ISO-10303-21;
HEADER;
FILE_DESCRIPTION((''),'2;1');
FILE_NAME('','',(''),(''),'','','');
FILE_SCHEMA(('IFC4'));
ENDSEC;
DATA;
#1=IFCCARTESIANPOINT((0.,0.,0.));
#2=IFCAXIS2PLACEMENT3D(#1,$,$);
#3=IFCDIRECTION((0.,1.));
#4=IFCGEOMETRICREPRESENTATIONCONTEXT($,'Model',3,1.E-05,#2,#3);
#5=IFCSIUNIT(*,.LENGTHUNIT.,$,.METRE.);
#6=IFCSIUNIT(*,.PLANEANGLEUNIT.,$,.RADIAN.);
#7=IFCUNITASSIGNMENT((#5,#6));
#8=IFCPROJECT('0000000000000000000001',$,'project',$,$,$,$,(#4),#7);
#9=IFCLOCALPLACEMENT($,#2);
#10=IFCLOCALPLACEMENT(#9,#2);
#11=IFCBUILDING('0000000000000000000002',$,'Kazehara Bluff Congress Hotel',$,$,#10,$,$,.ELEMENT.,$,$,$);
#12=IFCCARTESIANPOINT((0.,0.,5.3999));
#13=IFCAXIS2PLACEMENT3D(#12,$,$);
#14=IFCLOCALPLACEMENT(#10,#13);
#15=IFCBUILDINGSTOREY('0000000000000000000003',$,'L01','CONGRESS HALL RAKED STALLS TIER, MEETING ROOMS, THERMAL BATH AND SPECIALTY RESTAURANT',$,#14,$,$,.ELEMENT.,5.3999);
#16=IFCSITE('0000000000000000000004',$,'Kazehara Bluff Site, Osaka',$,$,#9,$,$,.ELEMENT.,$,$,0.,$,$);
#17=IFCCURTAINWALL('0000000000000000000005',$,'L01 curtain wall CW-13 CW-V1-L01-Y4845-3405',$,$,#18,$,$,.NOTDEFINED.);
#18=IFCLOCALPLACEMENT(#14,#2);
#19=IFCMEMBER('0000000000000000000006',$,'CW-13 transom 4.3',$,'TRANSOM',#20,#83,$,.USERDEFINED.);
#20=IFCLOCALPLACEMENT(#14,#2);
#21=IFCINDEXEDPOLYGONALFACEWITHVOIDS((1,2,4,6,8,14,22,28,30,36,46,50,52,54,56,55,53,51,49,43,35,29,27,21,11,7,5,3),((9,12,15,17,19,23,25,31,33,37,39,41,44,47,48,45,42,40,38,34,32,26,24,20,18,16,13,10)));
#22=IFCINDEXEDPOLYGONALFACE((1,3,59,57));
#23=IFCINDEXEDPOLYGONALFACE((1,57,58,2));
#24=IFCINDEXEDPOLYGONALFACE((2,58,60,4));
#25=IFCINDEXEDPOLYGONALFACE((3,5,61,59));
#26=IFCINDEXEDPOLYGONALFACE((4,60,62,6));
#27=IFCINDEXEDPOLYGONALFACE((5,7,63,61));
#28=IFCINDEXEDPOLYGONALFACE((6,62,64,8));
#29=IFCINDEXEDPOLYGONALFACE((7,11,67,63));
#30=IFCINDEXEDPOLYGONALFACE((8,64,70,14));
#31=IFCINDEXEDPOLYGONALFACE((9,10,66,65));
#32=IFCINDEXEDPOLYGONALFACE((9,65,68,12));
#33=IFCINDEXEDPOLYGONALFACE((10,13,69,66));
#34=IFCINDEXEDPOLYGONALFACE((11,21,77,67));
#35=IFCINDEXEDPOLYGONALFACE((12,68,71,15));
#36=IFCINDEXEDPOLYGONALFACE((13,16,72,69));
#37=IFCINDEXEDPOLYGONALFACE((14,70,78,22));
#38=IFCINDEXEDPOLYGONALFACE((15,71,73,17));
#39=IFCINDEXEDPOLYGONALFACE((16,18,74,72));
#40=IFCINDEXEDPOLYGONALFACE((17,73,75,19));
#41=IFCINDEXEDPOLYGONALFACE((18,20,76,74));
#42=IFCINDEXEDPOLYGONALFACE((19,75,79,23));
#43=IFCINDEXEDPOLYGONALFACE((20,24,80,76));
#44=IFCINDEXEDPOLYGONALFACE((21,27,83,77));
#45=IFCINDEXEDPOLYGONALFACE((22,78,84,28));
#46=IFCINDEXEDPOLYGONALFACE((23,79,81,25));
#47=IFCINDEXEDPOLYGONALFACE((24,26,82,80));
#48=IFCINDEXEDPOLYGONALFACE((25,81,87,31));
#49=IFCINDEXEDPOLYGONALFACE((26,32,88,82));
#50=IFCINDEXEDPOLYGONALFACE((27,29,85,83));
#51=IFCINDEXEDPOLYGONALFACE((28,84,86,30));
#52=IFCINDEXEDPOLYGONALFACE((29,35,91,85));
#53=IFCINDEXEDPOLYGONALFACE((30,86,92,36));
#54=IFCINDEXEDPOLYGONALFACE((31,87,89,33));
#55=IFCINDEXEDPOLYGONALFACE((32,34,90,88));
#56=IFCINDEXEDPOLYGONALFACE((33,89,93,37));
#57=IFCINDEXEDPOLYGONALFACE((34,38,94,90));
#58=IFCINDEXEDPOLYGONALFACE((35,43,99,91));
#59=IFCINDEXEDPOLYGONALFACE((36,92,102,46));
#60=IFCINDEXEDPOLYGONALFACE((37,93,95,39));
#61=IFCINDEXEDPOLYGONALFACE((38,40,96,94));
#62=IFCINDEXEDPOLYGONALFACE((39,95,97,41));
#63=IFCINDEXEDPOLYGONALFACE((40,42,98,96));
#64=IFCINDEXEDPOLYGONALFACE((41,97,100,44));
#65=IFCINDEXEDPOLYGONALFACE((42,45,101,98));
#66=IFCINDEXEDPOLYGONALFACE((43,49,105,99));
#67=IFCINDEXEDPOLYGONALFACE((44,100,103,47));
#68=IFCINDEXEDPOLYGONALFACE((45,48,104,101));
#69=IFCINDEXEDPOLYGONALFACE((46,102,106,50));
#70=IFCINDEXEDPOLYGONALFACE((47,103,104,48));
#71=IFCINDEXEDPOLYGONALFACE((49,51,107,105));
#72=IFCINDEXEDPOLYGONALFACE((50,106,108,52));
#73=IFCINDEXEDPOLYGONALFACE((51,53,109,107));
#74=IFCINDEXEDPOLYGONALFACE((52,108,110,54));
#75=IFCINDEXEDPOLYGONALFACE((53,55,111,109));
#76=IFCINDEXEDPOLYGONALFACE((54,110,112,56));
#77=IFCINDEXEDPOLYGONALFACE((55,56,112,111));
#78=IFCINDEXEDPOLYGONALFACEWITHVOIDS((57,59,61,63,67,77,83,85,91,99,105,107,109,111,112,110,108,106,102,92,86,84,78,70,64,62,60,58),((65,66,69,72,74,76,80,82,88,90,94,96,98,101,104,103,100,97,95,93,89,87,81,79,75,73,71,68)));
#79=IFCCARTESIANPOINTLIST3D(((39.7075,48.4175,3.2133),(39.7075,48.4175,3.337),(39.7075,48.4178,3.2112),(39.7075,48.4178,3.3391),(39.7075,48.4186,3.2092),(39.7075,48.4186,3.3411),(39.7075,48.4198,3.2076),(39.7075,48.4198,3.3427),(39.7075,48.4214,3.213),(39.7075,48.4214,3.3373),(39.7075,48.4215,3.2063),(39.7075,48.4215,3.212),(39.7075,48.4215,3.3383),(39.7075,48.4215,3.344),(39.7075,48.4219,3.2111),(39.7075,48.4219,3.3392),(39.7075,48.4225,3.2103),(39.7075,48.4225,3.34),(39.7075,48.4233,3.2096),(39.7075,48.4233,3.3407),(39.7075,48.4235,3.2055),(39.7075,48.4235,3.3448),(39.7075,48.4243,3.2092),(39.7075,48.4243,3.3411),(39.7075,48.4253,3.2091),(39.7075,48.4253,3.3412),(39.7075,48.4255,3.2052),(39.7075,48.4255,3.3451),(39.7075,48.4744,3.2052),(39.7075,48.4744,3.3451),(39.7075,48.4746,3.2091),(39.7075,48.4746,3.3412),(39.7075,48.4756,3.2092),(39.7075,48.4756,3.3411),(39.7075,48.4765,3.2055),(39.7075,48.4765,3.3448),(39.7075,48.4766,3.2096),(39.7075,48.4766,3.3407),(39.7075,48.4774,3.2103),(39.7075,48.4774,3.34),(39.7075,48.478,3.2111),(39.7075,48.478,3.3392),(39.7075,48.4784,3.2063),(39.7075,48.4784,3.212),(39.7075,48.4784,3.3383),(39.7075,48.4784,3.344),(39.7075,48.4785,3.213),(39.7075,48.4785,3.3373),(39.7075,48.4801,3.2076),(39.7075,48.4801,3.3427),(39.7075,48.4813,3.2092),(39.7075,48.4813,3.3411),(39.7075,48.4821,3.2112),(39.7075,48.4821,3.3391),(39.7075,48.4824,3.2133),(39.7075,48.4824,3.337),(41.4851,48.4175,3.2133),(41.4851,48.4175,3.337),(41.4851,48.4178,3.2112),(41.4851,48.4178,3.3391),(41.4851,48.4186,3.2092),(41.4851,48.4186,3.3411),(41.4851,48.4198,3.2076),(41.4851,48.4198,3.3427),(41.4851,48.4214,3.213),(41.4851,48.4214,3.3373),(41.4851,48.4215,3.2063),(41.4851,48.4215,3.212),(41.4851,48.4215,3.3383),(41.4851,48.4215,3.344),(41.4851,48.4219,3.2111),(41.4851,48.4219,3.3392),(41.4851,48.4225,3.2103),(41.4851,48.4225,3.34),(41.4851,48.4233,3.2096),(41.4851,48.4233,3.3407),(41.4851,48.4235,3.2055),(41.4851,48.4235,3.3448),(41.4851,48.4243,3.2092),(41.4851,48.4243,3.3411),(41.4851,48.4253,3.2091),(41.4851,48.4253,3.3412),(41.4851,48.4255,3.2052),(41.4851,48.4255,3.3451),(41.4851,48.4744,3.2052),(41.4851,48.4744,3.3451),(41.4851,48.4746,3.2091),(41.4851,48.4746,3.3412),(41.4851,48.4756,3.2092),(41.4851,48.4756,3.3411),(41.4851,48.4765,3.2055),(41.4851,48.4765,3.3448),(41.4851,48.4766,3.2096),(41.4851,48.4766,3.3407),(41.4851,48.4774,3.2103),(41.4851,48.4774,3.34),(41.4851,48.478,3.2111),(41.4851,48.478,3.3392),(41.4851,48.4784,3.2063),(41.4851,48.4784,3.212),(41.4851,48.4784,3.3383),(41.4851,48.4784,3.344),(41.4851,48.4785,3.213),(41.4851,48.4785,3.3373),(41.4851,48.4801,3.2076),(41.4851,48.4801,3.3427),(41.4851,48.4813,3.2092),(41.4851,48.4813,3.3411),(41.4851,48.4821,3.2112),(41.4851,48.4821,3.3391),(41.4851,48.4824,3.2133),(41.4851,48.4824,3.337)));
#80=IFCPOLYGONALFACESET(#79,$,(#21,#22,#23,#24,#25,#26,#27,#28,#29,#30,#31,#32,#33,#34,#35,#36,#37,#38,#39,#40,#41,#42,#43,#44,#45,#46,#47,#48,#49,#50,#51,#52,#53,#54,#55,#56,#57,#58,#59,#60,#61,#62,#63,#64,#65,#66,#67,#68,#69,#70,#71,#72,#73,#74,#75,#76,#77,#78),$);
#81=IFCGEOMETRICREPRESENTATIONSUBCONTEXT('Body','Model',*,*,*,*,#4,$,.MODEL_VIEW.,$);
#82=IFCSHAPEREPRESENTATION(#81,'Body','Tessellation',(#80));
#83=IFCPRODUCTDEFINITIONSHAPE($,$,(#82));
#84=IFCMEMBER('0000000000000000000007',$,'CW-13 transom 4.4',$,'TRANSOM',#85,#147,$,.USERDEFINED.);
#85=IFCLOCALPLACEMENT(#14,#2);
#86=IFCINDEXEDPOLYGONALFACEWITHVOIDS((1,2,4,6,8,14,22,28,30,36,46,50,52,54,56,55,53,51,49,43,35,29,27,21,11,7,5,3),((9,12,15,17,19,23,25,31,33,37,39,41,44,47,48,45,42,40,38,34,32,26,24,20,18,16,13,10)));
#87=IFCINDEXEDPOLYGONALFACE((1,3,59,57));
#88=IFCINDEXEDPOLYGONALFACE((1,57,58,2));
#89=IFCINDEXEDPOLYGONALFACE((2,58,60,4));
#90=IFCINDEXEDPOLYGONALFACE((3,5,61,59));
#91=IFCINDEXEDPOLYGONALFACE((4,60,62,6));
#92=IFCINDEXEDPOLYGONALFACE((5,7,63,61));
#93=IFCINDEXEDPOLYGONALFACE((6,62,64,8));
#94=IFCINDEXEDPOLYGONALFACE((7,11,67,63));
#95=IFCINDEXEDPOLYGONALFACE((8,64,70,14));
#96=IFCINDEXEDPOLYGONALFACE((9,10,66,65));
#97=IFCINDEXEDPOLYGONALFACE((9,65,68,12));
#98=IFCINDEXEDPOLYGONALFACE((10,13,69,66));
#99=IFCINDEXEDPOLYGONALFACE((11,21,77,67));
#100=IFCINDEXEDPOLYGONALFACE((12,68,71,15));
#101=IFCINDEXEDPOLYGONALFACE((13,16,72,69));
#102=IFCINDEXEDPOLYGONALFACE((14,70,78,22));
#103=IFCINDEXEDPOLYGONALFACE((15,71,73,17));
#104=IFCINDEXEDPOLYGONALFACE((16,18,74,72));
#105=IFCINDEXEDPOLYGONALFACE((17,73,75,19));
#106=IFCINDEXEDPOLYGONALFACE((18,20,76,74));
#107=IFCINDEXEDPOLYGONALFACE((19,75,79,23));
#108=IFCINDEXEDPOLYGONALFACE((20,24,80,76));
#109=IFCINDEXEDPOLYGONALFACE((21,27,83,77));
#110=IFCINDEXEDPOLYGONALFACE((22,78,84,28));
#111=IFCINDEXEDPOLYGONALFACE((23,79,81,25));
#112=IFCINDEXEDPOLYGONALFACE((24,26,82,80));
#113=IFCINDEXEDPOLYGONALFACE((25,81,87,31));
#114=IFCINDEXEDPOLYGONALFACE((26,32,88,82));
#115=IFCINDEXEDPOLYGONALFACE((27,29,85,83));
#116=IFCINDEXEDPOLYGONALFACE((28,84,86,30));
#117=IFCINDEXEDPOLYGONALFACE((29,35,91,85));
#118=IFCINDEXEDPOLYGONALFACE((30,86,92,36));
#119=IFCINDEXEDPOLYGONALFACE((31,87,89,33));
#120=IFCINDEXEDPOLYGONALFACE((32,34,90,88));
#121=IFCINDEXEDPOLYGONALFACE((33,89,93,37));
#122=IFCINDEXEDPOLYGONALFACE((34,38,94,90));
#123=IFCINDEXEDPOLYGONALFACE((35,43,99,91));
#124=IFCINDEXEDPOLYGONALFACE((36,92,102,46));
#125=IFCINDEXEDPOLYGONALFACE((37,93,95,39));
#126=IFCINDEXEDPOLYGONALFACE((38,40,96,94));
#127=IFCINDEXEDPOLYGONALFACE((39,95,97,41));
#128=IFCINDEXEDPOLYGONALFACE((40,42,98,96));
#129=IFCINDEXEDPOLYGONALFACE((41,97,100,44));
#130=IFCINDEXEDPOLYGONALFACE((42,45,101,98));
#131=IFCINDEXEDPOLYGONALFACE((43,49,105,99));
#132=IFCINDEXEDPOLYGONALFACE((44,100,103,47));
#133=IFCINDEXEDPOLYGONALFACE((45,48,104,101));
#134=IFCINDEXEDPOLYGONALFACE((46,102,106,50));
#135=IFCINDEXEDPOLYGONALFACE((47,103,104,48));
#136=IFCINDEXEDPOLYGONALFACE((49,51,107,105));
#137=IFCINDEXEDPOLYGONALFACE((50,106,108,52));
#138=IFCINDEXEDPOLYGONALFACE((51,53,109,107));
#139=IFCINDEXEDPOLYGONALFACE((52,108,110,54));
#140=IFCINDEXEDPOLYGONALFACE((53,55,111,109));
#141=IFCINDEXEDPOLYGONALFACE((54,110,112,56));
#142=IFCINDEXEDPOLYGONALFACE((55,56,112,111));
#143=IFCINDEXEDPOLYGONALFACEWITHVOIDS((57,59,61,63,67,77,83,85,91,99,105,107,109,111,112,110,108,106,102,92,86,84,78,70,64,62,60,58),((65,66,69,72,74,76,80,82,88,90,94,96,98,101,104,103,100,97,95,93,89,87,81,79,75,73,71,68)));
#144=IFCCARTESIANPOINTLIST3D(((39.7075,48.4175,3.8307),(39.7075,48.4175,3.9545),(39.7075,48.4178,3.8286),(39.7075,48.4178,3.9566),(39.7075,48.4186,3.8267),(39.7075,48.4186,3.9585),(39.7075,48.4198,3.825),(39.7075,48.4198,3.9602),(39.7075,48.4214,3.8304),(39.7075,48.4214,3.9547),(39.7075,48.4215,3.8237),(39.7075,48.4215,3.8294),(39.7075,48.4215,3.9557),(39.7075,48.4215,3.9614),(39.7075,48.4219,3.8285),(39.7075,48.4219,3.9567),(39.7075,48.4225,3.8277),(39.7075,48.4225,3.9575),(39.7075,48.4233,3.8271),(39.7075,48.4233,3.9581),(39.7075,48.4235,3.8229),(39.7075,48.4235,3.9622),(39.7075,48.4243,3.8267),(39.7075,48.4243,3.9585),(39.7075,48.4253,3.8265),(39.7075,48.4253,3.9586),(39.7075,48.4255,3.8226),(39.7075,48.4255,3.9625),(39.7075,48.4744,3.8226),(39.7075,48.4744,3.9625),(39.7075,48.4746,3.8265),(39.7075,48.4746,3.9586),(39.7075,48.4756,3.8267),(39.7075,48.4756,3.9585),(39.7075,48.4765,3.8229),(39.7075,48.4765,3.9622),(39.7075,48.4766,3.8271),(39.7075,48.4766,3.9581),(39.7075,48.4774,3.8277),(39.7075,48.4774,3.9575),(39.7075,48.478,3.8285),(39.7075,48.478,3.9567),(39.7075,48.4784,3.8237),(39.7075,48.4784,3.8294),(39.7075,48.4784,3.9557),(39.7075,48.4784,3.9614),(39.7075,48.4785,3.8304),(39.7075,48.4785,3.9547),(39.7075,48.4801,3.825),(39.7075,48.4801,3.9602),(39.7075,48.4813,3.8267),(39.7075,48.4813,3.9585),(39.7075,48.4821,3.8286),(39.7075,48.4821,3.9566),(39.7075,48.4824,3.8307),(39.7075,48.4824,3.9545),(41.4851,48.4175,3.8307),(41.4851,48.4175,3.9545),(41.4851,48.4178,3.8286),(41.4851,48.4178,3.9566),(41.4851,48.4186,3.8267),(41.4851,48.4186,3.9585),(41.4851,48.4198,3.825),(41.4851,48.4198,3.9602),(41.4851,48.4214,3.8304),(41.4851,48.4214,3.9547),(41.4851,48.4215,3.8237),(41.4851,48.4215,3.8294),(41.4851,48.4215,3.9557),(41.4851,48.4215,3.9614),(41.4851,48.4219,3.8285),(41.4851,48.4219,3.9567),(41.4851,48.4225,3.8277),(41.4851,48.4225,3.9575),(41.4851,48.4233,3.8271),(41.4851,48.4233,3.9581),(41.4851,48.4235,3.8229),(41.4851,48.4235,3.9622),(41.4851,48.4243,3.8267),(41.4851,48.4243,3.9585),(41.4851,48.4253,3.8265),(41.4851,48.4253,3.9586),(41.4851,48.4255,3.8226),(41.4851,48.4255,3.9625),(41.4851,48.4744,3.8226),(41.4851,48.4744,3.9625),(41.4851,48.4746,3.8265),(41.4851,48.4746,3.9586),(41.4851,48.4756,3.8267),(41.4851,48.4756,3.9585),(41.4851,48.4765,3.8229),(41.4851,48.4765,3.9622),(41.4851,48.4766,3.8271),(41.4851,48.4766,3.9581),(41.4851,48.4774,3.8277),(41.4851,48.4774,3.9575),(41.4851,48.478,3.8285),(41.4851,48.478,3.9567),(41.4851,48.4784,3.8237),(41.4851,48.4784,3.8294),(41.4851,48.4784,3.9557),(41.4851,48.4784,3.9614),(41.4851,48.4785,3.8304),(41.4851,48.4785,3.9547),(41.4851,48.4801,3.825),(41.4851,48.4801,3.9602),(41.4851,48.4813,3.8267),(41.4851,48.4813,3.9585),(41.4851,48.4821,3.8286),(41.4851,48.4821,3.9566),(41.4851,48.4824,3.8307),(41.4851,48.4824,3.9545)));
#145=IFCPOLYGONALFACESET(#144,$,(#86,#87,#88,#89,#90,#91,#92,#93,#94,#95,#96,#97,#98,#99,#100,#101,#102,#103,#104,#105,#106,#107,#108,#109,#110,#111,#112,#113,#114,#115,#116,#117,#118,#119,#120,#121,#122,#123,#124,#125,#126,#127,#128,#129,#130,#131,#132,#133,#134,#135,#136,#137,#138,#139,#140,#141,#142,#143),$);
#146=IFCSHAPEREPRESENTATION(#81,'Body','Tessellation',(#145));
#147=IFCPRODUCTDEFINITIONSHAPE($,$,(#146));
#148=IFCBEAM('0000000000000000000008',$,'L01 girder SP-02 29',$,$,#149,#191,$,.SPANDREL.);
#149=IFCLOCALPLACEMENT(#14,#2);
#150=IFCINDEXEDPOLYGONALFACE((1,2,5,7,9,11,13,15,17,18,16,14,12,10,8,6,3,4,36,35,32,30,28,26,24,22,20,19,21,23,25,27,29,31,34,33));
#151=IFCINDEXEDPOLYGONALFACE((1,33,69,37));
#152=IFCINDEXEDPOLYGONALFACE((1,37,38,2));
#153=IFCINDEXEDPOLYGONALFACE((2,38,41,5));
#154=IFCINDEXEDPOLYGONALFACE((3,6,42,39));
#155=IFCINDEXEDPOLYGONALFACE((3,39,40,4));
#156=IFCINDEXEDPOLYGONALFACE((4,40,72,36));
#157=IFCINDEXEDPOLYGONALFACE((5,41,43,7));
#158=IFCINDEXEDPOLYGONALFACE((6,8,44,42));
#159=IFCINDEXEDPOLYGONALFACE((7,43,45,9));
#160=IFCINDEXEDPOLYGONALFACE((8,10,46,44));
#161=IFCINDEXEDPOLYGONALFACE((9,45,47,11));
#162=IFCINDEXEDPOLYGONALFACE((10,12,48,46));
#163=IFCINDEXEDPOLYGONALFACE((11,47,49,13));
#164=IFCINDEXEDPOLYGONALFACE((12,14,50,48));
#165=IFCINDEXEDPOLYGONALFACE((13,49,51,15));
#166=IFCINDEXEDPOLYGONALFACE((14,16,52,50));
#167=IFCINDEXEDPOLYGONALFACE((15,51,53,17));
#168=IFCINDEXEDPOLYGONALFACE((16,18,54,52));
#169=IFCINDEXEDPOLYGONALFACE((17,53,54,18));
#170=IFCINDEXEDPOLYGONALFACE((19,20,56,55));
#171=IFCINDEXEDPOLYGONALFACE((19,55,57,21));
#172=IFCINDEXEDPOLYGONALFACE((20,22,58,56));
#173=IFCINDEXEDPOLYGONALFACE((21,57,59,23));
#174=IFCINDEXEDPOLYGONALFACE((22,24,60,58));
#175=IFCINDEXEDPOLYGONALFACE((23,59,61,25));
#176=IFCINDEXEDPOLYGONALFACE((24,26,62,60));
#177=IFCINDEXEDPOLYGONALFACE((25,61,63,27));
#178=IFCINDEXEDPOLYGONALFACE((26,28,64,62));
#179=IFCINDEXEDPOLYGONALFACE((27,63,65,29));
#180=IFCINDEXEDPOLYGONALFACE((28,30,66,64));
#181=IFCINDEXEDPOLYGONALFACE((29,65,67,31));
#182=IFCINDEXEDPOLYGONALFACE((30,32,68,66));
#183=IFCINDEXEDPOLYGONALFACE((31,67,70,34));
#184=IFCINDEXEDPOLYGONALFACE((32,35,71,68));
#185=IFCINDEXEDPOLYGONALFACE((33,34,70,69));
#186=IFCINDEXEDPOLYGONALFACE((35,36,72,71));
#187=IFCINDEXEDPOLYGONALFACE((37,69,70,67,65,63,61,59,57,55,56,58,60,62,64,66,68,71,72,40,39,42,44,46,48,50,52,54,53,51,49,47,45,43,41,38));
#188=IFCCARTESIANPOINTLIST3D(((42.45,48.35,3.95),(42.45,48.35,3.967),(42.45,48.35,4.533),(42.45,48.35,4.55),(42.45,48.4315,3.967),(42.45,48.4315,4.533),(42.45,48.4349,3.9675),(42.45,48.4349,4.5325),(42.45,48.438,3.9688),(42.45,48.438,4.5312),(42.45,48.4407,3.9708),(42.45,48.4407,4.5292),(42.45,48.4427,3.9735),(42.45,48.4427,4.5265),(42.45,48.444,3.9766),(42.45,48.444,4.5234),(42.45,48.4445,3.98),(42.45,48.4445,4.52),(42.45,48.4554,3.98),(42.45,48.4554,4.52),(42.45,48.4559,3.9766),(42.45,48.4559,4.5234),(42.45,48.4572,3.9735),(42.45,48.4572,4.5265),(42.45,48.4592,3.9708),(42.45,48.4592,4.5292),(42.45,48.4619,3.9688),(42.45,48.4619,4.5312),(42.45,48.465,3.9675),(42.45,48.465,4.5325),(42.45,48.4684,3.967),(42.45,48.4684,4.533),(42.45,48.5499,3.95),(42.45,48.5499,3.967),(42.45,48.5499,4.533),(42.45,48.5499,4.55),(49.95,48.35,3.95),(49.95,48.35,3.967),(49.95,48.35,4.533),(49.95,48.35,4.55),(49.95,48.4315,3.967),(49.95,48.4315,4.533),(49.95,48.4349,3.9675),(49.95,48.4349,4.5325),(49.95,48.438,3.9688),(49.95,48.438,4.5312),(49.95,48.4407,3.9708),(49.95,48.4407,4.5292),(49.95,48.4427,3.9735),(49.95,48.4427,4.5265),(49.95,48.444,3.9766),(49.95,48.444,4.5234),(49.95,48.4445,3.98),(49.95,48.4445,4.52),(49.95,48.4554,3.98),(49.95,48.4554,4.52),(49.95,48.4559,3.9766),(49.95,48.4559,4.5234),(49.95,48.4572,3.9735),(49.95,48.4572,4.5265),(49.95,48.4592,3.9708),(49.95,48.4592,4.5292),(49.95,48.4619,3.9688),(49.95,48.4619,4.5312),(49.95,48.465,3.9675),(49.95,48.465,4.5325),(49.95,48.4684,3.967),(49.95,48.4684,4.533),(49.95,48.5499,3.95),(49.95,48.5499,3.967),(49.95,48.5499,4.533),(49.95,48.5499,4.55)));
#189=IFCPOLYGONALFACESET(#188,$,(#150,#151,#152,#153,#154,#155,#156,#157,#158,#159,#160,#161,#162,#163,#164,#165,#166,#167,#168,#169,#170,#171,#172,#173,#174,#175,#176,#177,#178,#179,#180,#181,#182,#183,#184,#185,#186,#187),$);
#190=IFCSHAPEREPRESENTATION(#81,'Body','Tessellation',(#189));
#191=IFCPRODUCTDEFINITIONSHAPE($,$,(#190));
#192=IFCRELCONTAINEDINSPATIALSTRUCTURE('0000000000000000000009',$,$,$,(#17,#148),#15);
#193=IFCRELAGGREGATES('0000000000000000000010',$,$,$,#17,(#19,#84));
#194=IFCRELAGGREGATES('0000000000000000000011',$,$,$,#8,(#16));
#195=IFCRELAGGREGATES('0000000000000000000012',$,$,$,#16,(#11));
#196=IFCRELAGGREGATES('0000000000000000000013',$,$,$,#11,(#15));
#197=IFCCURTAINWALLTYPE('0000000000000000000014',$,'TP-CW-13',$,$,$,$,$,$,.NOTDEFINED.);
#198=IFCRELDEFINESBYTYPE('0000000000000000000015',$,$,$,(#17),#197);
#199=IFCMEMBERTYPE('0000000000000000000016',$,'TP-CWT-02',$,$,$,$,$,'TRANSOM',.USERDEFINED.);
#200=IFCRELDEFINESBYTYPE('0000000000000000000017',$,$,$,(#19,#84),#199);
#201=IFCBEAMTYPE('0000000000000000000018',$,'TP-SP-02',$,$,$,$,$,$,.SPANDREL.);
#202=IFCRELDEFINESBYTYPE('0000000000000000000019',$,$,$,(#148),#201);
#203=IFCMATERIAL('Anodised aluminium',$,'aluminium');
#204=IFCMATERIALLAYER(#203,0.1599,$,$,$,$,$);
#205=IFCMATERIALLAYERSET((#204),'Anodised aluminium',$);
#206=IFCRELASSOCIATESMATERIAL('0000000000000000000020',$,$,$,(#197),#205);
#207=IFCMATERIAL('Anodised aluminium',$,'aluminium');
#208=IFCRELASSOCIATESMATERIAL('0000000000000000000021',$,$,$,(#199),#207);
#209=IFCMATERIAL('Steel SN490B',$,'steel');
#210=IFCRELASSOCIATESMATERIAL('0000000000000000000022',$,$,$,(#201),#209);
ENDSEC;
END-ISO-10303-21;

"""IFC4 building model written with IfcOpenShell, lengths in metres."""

from ifc_helpers import new_model, si_unit, direction, frame, origin, origin_2d, place, context, subcontext, project, spatial, hollow_rectangle, i_section, extrude, material, layer, layer_set, material_profile, profile_set, type_object, element, aggregate, save


model = new_model("IFC4")

# Units and contexts
model_context = context("Model", 3, precision=1e-05, world=origin(), true_north=direction((0.0, 1.0)))
body_context = subcontext(model_context, "Body", "Model", "MODEL_VIEW")
ifc_project = project(units=[si_unit("LENGTHUNIT", "METRE"), si_unit("PLANEANGLEUNIT", "RADIAN")], contexts=[model_context])

# Site, building, storey
site_placement = place(None, origin())
site = spatial("IfcSite", under=ifc_project, at=site_placement, Name="Kazehara Bluff Site, Osaka", CompositionType="ELEMENT", RefElevation=0.0)
building_placement = place(site_placement, origin())
building = spatial("IfcBuilding", under=site, at=building_placement, Name="Kazehara Bluff Congress Hotel", CompositionType="ELEMENT")
storey_placement = place(building_placement, frame((0.0, 0.0, 5.3999)))
storey = spatial("IfcBuildingStorey", under=building, at=storey_placement, Name="L01", Description="CONGRESS HALL RAKED STALLS TIER, MEETING ROOMS, THERMAL BATH AND SPECIALTY RESTAURANT", CompositionType="ELEMENT", Elevation=5.3999)

# Curtain wall
ifc_material_1 = material(Name="Anodised aluminium", Category="aluminium")
ifc_layer_1 = layer(ifc_material_1, 0.1599)
ifc_layer_set_1 = layer_set([ifc_layer_1], Name="Anodised aluminium")
curtain_wall_type = type_object("IfcCurtainWallType", Name="TP-CW-13", PredefinedType="NOTDEFINED", material=ifc_layer_set_1)
curtain_wall_1_placement = place(storey_placement, origin())
curtain_wall_1 = element("IfcCurtainWall", 1, at=curtain_wall_1_placement, inside=storey, type_object=curtain_wall_type, Name="L01 curtain wall CW-13 CW-V1-L01-Y4845-3405", PredefinedType="NOTDEFINED")

# Members
ifc_material_2 = material(Name="Anodised aluminium", Category="aluminium")
ifc_material_profile_1 = material_profile(ifc_material_2, hollow_rectangle(XDim=0.0649, YDim=0.1399, WallThickness=0.0039, InnerFilletRadius=0.0039, OuterFilletRadius=0.0081, at=origin_2d()))
ifc_profile_set_1 = profile_set([ifc_material_profile_1], Name="Anodised aluminium")
member_type_1 = type_object("IfcMemberType", Name="TP-CWT-02", ElementType="TRANSOM", PredefinedType="USERDEFINED", material=ifc_profile_set_1)
member_1_placement = place(storey_placement, frame((39.7075, 48.45, 3.2751), z_axis=(1.0, 0.0, 0.0), x_axis=(0.0, 1.0, 0.0)))
member_1 = element("IfcMember", 2, at=member_1_placement, type_object=member_type_1, Name="CW-13 transom 4.3", ObjectType="TRANSOM", PredefinedType="USERDEFINED", context=body_context, shape_type="SweptSolid", body=[
    extrude(hollow_rectangle(XDim=0.0649, YDim=0.1399, WallThickness=0.0039, InnerFilletRadius=0.0039, OuterFilletRadius=0.0081, at=origin_2d()), origin(), (0.0, 0.0, 1.0), 1.7776),
])
member_2_placement = place(storey_placement, frame((39.7075, 48.45, 3.8926), z_axis=(1.0, 0.0, 0.0), x_axis=(0.0, 1.0, 0.0)))
member_2 = element("IfcMember", 3, at=member_2_placement, type_object=member_type_1, Name="CW-13 transom 4.4", ObjectType="TRANSOM", PredefinedType="USERDEFINED", context=body_context, shape_type="SweptSolid", body=[
    extrude(hollow_rectangle(XDim=0.0649, YDim=0.1399, WallThickness=0.0039, InnerFilletRadius=0.0039, OuterFilletRadius=0.0081, at=origin_2d()), origin(), (0.0, 0.0, 1.0), 1.7776),
])

# Beam
ifc_material_3 = material(Name="Steel SN490B", Category="steel")
ifc_material_profile_2 = material_profile(ifc_material_3, i_section(OverallWidth=0.2, OverallDepth=0.6001, WebThickness=0.011, FlangeThickness=0.0171, FilletRadius=0.0129, at=origin_2d()))
ifc_profile_set_2 = profile_set([ifc_material_profile_2], Name="Steel SN490B")
beam_type = type_object("IfcBeamType", Name="TP-SP-02", PredefinedType="SPANDREL", material=ifc_profile_set_2)
beam_placement = place(storey_placement, frame((42.45, 48.45, 4.25), z_axis=(1.0, 0.0, 0.0), x_axis=(0.0, 1.0, 0.0)))
element("IfcBeam", 4, at=beam_placement, inside=storey, type_object=beam_type, Name="L01 girder SP-02 29", PredefinedType="SPANDREL", context=body_context, shape_type="SweptSolid", body=[
    extrude(i_section(OverallWidth=0.2, OverallDepth=0.6001, WebThickness=0.011, FlangeThickness=0.0171, FilletRadius=0.0129, at=origin_2d()), origin(), (0.0, 0.0, 1.0), 7.5),
])

aggregate(curtain_wall_1, [member_1, member_2])

save(model, "model.ifc")
